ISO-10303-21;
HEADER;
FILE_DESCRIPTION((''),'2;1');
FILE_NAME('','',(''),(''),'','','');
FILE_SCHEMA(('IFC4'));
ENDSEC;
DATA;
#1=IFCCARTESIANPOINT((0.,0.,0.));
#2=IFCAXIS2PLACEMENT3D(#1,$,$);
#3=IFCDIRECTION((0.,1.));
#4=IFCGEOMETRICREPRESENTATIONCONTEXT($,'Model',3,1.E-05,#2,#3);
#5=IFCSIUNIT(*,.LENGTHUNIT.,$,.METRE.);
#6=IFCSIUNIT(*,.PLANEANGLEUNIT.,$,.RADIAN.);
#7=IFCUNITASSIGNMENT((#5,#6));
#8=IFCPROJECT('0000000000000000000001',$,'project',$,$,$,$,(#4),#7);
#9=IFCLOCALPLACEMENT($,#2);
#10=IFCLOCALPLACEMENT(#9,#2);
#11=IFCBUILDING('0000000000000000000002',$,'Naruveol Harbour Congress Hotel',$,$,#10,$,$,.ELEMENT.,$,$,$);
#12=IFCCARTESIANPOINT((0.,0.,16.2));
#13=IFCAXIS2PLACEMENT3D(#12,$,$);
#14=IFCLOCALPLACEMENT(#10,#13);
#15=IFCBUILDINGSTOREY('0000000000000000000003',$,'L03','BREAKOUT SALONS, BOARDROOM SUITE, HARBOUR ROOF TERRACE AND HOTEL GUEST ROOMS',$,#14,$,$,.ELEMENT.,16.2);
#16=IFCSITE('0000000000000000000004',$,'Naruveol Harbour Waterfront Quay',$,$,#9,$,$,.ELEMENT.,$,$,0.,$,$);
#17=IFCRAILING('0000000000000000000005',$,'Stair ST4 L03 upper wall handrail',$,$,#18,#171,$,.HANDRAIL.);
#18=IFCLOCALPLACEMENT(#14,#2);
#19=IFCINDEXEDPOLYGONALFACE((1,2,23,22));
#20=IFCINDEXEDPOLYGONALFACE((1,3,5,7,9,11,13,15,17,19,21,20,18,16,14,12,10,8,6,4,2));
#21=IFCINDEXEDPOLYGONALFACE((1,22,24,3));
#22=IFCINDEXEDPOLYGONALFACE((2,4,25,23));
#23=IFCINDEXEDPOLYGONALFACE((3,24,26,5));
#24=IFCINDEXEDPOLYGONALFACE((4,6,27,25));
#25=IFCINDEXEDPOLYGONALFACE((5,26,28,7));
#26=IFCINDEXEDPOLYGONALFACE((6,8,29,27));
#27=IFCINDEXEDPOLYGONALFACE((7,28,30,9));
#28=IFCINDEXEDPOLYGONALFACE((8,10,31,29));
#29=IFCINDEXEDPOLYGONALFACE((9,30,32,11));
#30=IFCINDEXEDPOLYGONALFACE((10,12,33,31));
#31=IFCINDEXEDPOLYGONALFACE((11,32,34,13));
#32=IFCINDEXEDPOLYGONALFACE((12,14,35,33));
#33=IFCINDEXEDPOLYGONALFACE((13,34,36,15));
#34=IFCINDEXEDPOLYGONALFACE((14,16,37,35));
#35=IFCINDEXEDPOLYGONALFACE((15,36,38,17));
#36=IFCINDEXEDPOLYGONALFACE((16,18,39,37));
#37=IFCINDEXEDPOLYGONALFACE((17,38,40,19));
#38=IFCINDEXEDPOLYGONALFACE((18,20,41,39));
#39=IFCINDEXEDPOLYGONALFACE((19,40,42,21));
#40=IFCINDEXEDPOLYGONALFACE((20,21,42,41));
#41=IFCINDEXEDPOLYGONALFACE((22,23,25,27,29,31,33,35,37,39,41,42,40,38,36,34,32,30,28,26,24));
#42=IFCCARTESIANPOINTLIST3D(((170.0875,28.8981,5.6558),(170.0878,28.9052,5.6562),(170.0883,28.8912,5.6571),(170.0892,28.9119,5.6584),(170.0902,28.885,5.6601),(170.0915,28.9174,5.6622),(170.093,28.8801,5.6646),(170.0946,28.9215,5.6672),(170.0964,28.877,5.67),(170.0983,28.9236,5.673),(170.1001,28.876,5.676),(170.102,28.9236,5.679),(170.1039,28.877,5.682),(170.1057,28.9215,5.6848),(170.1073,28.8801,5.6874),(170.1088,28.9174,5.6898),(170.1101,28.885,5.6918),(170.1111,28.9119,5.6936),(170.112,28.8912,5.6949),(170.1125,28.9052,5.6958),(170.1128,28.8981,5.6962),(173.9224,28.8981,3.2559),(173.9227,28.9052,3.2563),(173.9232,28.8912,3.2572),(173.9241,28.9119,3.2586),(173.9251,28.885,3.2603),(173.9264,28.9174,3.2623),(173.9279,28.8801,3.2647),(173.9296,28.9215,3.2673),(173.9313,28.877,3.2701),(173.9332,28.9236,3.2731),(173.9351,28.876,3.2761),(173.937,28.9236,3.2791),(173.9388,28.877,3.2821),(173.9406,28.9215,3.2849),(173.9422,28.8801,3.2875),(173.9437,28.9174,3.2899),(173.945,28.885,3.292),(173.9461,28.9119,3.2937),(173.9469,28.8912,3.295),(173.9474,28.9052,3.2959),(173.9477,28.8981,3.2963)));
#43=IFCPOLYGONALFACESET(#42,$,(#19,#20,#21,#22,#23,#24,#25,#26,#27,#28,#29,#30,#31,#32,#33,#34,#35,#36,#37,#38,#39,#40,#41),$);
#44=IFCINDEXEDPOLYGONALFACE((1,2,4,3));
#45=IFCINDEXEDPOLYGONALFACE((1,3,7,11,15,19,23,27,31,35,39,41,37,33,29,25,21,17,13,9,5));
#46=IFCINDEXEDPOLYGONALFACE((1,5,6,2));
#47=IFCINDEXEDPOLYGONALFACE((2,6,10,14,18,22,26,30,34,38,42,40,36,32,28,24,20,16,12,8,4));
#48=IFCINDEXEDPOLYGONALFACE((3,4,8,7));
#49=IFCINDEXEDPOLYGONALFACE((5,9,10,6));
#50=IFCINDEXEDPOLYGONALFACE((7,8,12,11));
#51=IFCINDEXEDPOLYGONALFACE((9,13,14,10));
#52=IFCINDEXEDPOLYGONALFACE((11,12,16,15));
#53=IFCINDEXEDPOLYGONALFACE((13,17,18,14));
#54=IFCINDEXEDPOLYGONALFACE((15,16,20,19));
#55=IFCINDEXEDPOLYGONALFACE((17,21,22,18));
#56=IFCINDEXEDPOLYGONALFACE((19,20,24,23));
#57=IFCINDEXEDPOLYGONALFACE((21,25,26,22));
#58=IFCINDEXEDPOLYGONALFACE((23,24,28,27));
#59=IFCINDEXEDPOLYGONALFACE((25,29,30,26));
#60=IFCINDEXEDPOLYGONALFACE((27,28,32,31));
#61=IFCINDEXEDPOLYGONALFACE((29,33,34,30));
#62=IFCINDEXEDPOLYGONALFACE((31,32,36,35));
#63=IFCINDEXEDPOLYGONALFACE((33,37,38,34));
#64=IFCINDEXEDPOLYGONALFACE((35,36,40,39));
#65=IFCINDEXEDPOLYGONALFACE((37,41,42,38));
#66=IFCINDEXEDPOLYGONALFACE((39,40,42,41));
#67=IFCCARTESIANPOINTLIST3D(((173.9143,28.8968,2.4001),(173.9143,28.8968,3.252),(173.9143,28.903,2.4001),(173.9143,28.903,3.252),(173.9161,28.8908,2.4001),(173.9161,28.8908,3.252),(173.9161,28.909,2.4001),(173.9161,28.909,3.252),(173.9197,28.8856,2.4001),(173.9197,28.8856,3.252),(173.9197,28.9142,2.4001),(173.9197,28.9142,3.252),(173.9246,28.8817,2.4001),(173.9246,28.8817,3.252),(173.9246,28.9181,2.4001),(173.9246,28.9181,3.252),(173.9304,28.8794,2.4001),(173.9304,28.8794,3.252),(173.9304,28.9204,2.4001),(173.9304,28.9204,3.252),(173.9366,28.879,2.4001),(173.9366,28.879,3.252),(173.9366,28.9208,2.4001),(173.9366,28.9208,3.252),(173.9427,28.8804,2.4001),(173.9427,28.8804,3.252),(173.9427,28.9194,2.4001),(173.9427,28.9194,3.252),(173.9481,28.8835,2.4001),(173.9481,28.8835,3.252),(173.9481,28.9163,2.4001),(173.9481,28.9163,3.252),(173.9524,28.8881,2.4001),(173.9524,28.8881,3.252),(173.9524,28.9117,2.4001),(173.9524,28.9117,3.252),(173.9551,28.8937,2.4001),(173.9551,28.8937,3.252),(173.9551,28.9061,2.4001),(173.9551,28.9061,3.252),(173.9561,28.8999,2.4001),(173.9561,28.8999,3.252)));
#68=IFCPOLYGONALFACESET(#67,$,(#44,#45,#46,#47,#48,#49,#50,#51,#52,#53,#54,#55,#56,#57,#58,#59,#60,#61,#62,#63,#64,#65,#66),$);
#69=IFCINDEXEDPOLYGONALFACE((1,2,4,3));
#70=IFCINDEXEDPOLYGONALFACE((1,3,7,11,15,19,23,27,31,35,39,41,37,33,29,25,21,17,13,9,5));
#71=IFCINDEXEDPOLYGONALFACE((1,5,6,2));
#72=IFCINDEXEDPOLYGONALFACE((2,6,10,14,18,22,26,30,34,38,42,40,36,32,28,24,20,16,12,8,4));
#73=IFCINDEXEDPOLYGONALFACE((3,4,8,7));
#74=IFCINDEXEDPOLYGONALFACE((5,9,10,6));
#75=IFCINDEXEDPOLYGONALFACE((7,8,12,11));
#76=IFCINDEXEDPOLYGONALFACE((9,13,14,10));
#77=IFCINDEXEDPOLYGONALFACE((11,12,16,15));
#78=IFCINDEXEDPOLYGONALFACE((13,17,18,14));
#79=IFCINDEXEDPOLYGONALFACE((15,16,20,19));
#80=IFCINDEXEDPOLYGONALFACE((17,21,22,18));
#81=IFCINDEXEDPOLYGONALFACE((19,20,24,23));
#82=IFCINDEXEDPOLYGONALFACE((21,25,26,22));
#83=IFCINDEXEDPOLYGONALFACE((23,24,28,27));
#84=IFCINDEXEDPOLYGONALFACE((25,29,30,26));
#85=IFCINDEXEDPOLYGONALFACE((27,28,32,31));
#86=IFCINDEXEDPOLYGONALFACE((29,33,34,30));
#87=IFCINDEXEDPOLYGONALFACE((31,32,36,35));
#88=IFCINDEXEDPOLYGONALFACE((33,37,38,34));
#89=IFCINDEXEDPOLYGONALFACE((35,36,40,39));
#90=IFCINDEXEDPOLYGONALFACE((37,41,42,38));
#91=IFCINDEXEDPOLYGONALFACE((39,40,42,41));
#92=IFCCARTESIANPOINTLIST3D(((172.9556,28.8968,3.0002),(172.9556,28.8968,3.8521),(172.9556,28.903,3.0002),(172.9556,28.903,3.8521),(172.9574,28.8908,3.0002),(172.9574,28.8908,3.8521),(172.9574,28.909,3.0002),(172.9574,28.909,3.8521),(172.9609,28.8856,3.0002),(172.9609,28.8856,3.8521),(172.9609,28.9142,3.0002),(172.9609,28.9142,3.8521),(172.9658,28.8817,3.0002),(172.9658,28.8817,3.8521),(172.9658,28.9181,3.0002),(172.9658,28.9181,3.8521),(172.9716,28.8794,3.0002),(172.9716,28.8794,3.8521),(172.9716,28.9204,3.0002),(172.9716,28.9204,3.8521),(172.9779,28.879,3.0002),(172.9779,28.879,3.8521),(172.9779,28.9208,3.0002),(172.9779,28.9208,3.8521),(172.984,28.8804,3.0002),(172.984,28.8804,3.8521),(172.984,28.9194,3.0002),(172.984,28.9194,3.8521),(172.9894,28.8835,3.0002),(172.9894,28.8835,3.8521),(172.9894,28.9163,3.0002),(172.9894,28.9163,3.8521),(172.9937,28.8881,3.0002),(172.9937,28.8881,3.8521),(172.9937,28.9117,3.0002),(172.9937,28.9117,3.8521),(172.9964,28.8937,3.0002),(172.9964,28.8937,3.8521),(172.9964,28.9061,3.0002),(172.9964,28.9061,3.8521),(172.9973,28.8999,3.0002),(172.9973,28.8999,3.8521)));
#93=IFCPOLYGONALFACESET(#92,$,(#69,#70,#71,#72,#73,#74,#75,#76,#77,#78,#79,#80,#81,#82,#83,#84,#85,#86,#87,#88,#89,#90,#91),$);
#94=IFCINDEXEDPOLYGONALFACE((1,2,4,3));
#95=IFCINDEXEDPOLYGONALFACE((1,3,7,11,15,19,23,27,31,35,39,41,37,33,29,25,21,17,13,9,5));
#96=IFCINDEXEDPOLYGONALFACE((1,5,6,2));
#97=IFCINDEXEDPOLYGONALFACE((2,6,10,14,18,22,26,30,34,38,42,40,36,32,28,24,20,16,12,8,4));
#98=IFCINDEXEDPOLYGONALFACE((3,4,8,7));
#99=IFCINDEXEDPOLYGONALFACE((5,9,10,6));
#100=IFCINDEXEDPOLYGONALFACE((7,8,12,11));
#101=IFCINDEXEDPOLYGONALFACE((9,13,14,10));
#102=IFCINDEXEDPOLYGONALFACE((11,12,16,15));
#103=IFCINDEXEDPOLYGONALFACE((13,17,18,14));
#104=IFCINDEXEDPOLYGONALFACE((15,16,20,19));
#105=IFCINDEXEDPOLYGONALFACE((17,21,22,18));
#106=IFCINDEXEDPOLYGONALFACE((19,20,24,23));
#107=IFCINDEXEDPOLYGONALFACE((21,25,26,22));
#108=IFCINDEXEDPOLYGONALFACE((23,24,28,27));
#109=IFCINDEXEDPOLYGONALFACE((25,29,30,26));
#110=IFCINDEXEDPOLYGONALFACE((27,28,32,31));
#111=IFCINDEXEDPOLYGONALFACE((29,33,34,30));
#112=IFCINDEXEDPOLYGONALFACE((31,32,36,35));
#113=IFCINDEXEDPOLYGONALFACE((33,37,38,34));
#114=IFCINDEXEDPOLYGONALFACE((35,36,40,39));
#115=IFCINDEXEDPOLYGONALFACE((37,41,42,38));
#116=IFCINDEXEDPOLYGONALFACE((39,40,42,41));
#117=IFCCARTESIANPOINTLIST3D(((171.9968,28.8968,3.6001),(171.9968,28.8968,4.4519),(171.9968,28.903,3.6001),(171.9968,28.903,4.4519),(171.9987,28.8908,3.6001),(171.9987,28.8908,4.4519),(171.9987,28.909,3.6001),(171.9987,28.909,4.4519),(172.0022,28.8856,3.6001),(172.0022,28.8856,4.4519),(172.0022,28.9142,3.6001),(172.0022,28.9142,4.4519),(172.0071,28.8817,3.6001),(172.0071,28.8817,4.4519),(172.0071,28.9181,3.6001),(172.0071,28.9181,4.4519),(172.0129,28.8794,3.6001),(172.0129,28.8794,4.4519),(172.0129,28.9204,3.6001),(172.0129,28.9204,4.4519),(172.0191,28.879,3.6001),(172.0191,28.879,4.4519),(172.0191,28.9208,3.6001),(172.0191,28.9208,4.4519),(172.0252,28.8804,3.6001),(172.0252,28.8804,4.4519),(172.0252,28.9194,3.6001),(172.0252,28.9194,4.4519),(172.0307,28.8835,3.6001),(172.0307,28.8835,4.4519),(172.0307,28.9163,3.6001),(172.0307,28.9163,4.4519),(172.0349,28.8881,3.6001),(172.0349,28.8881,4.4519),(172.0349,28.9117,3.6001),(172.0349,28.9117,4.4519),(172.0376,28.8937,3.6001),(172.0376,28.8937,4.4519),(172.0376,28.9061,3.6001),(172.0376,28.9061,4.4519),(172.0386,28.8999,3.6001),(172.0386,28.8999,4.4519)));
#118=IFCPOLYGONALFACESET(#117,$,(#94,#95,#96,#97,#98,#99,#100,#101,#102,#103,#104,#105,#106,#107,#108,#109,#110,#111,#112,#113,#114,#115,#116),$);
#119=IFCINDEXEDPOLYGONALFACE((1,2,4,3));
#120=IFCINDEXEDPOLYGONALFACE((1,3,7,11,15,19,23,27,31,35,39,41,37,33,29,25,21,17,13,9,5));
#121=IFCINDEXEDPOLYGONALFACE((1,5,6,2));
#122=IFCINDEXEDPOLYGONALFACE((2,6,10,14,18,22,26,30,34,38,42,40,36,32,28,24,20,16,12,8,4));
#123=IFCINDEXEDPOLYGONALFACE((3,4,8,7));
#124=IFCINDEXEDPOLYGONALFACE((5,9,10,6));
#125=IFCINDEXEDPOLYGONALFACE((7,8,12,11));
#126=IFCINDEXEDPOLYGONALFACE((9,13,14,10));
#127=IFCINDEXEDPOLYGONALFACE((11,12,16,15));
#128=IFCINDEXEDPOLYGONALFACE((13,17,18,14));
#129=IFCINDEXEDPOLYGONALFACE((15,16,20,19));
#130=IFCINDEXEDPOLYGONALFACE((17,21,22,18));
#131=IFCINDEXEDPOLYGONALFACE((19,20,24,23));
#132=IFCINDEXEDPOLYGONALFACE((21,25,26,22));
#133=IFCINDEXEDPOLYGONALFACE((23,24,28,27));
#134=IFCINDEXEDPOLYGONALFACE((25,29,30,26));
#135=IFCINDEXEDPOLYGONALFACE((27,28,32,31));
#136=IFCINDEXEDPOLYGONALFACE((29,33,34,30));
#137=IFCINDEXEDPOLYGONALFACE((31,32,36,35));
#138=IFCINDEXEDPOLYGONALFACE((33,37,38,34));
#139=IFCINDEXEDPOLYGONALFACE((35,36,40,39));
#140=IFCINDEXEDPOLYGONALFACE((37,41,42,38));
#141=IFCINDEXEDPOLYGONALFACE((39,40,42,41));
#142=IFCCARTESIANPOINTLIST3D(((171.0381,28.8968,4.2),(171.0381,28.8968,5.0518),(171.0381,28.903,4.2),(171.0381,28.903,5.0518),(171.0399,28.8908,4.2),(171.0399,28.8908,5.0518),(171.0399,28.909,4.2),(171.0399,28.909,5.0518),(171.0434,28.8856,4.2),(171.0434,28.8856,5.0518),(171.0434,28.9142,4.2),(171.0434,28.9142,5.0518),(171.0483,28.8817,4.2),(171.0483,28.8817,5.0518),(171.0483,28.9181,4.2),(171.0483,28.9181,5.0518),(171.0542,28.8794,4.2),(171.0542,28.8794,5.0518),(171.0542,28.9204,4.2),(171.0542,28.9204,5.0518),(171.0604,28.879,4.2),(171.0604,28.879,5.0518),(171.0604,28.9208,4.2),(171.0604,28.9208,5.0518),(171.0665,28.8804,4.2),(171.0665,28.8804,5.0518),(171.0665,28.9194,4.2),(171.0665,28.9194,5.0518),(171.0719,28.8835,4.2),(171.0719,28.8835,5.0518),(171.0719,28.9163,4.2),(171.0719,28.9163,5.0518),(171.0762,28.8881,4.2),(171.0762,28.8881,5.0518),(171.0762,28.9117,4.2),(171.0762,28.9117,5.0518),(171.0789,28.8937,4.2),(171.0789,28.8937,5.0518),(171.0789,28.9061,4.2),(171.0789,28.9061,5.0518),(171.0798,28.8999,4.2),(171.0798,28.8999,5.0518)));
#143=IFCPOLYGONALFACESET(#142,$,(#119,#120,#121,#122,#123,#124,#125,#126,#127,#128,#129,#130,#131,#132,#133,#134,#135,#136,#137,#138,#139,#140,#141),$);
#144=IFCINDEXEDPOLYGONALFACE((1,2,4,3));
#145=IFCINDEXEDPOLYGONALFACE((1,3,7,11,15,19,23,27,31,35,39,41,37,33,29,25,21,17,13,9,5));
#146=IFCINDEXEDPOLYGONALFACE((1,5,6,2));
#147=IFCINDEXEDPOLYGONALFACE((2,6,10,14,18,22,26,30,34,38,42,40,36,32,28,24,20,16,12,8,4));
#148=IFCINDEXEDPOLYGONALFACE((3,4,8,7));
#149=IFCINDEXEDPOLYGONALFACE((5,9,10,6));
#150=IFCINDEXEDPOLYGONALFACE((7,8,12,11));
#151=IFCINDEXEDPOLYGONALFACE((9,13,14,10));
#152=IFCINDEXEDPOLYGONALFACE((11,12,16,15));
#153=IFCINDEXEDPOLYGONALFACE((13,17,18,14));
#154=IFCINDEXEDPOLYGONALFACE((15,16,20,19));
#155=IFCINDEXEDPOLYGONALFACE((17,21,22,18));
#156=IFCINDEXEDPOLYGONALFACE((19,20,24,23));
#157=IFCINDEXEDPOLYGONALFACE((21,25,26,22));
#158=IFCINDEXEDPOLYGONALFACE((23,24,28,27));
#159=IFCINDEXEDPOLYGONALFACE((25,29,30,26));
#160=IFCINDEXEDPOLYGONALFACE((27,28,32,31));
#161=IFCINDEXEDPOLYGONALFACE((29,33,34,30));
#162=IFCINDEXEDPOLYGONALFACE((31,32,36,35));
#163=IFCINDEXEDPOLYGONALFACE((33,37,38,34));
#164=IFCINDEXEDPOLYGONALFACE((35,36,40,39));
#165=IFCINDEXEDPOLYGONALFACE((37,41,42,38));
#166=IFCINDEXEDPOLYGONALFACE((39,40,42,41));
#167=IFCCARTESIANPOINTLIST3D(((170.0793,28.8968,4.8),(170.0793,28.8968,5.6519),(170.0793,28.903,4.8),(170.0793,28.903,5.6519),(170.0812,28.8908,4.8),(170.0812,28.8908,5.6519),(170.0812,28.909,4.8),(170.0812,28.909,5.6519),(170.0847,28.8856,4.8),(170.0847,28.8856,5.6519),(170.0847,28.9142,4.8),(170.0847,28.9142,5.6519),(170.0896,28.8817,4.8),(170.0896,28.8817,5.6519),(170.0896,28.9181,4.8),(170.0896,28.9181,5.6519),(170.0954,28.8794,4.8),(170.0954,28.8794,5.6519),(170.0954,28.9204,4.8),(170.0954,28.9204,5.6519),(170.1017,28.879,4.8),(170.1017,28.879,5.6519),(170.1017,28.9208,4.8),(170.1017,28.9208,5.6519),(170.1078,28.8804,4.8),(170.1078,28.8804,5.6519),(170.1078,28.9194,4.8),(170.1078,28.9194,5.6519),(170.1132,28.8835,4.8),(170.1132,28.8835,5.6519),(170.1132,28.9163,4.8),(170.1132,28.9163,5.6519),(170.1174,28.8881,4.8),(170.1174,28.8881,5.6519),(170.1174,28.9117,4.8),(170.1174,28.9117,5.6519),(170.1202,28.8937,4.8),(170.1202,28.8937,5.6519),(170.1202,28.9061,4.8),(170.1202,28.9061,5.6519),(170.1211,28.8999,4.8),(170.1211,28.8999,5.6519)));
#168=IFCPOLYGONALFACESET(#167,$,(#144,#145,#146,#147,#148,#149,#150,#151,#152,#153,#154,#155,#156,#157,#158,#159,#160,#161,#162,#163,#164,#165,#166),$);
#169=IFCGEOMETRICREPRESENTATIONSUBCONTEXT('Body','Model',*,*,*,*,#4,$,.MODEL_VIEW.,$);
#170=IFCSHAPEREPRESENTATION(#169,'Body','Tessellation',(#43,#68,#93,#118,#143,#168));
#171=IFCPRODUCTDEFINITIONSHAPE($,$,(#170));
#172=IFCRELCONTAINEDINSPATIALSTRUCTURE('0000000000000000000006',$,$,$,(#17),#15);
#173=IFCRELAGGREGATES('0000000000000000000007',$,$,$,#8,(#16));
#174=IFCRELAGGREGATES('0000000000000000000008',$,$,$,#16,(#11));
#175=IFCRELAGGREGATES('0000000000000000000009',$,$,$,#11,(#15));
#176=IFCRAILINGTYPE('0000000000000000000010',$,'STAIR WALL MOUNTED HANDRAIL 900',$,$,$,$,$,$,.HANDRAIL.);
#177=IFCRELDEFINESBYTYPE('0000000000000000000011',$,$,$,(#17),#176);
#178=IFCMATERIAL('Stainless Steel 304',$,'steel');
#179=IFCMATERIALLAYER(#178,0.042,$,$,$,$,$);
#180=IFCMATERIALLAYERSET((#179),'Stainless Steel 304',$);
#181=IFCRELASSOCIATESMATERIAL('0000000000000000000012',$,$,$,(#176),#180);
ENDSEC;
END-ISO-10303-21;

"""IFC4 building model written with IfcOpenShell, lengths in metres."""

from ifc_helpers import new_model, si_unit, direction, frame, origin, origin_2d, place, context, subcontext, project, spatial, circle, extrude, material, layer, layer_set, type_object, element, save


model = new_model("IFC4")

# Units and contexts
model_context = context("Model", 3, precision=1e-05, world=origin(), true_north=direction((0.0, 1.0)))
body_context = subcontext(model_context, "Body", "Model", "MODEL_VIEW")
ifc_project = project(units=[si_unit("LENGTHUNIT", "METRE"), si_unit("PLANEANGLEUNIT", "RADIAN")], contexts=[model_context])

# Site, building, storey
site_placement = place(None, origin())
site = spatial("IfcSite", under=ifc_project, at=site_placement, Name="Naruveol Harbour Waterfront Quay", CompositionType="ELEMENT", RefElevation=0.0)
building_placement = place(site_placement, origin())
building = spatial("IfcBuilding", under=site, at=building_placement, Name="Naruveol Harbour Congress Hotel", CompositionType="ELEMENT")
storey_placement = place(building_placement, frame((0.0, 0.0, 16.2)))
storey = spatial("IfcBuildingStorey", under=building, at=storey_placement, Name="L03", Description="BREAKOUT SALONS, BOARDROOM SUITE, HARBOUR ROOF TERRACE AND HOTEL GUEST ROOMS", CompositionType="ELEMENT", Elevation=16.2)

# Railing
ifc_material_1 = material(Name="Stainless Steel 304", Category="steel")
ifc_layer_1 = layer(ifc_material_1, 0.042)
ifc_layer_set_1 = layer_set([ifc_layer_1], Name="Stainless Steel 304")
railing_type_1 = type_object("IfcRailingType", Name="STAIR WALL MOUNTED HANDRAIL 900", PredefinedType="HANDRAIL", material=ifc_layer_set_1)
railing_1_placement = place(storey_placement, frame((173.9351, 28.8999, 2.4001)))
element("IfcRailing", 1, at=railing_1_placement, inside=storey, type_object=railing_type_1, Name="Stair ST4 L03 upper wall handrail", PredefinedType="HANDRAIL", context=body_context, shape_type="SweptSolid", body=[
    extrude(circle(Radius=0.0239, at=origin_2d()), frame((0.0, 0.0, 0.876), z_axis=(-0.847695, 0.0, 0.530484), x_axis=(0.0, -1.0, 0.0)), (0.0, 0.0, 1.0), 4.5239),
    extrude(circle(Radius=0.021, at=origin_2d()), origin(), (0.0, 0.0, 1.0), 0.8518),
    extrude(circle(Radius=0.021, at=origin_2d()), frame((-0.9587, 0.0, 0.6001)), (0.0, 0.0, 1.0), 0.8518),
    extrude(circle(Radius=0.021, at=origin_2d()), frame((-1.9175, 0.0, 1.2)), (0.0, 0.0, 1.0), 0.8518),
    extrude(circle(Radius=0.021, at=origin_2d()), frame((-2.8762, 0.0, 1.7998)), (0.0, 0.0, 1.0), 0.8518),
    extrude(circle(Radius=0.021, at=origin_2d()), frame((-3.835, 0.0, 2.3999)), (0.0, 0.0, 1.0), 0.8518),
])

save(model, "model.ifc")
